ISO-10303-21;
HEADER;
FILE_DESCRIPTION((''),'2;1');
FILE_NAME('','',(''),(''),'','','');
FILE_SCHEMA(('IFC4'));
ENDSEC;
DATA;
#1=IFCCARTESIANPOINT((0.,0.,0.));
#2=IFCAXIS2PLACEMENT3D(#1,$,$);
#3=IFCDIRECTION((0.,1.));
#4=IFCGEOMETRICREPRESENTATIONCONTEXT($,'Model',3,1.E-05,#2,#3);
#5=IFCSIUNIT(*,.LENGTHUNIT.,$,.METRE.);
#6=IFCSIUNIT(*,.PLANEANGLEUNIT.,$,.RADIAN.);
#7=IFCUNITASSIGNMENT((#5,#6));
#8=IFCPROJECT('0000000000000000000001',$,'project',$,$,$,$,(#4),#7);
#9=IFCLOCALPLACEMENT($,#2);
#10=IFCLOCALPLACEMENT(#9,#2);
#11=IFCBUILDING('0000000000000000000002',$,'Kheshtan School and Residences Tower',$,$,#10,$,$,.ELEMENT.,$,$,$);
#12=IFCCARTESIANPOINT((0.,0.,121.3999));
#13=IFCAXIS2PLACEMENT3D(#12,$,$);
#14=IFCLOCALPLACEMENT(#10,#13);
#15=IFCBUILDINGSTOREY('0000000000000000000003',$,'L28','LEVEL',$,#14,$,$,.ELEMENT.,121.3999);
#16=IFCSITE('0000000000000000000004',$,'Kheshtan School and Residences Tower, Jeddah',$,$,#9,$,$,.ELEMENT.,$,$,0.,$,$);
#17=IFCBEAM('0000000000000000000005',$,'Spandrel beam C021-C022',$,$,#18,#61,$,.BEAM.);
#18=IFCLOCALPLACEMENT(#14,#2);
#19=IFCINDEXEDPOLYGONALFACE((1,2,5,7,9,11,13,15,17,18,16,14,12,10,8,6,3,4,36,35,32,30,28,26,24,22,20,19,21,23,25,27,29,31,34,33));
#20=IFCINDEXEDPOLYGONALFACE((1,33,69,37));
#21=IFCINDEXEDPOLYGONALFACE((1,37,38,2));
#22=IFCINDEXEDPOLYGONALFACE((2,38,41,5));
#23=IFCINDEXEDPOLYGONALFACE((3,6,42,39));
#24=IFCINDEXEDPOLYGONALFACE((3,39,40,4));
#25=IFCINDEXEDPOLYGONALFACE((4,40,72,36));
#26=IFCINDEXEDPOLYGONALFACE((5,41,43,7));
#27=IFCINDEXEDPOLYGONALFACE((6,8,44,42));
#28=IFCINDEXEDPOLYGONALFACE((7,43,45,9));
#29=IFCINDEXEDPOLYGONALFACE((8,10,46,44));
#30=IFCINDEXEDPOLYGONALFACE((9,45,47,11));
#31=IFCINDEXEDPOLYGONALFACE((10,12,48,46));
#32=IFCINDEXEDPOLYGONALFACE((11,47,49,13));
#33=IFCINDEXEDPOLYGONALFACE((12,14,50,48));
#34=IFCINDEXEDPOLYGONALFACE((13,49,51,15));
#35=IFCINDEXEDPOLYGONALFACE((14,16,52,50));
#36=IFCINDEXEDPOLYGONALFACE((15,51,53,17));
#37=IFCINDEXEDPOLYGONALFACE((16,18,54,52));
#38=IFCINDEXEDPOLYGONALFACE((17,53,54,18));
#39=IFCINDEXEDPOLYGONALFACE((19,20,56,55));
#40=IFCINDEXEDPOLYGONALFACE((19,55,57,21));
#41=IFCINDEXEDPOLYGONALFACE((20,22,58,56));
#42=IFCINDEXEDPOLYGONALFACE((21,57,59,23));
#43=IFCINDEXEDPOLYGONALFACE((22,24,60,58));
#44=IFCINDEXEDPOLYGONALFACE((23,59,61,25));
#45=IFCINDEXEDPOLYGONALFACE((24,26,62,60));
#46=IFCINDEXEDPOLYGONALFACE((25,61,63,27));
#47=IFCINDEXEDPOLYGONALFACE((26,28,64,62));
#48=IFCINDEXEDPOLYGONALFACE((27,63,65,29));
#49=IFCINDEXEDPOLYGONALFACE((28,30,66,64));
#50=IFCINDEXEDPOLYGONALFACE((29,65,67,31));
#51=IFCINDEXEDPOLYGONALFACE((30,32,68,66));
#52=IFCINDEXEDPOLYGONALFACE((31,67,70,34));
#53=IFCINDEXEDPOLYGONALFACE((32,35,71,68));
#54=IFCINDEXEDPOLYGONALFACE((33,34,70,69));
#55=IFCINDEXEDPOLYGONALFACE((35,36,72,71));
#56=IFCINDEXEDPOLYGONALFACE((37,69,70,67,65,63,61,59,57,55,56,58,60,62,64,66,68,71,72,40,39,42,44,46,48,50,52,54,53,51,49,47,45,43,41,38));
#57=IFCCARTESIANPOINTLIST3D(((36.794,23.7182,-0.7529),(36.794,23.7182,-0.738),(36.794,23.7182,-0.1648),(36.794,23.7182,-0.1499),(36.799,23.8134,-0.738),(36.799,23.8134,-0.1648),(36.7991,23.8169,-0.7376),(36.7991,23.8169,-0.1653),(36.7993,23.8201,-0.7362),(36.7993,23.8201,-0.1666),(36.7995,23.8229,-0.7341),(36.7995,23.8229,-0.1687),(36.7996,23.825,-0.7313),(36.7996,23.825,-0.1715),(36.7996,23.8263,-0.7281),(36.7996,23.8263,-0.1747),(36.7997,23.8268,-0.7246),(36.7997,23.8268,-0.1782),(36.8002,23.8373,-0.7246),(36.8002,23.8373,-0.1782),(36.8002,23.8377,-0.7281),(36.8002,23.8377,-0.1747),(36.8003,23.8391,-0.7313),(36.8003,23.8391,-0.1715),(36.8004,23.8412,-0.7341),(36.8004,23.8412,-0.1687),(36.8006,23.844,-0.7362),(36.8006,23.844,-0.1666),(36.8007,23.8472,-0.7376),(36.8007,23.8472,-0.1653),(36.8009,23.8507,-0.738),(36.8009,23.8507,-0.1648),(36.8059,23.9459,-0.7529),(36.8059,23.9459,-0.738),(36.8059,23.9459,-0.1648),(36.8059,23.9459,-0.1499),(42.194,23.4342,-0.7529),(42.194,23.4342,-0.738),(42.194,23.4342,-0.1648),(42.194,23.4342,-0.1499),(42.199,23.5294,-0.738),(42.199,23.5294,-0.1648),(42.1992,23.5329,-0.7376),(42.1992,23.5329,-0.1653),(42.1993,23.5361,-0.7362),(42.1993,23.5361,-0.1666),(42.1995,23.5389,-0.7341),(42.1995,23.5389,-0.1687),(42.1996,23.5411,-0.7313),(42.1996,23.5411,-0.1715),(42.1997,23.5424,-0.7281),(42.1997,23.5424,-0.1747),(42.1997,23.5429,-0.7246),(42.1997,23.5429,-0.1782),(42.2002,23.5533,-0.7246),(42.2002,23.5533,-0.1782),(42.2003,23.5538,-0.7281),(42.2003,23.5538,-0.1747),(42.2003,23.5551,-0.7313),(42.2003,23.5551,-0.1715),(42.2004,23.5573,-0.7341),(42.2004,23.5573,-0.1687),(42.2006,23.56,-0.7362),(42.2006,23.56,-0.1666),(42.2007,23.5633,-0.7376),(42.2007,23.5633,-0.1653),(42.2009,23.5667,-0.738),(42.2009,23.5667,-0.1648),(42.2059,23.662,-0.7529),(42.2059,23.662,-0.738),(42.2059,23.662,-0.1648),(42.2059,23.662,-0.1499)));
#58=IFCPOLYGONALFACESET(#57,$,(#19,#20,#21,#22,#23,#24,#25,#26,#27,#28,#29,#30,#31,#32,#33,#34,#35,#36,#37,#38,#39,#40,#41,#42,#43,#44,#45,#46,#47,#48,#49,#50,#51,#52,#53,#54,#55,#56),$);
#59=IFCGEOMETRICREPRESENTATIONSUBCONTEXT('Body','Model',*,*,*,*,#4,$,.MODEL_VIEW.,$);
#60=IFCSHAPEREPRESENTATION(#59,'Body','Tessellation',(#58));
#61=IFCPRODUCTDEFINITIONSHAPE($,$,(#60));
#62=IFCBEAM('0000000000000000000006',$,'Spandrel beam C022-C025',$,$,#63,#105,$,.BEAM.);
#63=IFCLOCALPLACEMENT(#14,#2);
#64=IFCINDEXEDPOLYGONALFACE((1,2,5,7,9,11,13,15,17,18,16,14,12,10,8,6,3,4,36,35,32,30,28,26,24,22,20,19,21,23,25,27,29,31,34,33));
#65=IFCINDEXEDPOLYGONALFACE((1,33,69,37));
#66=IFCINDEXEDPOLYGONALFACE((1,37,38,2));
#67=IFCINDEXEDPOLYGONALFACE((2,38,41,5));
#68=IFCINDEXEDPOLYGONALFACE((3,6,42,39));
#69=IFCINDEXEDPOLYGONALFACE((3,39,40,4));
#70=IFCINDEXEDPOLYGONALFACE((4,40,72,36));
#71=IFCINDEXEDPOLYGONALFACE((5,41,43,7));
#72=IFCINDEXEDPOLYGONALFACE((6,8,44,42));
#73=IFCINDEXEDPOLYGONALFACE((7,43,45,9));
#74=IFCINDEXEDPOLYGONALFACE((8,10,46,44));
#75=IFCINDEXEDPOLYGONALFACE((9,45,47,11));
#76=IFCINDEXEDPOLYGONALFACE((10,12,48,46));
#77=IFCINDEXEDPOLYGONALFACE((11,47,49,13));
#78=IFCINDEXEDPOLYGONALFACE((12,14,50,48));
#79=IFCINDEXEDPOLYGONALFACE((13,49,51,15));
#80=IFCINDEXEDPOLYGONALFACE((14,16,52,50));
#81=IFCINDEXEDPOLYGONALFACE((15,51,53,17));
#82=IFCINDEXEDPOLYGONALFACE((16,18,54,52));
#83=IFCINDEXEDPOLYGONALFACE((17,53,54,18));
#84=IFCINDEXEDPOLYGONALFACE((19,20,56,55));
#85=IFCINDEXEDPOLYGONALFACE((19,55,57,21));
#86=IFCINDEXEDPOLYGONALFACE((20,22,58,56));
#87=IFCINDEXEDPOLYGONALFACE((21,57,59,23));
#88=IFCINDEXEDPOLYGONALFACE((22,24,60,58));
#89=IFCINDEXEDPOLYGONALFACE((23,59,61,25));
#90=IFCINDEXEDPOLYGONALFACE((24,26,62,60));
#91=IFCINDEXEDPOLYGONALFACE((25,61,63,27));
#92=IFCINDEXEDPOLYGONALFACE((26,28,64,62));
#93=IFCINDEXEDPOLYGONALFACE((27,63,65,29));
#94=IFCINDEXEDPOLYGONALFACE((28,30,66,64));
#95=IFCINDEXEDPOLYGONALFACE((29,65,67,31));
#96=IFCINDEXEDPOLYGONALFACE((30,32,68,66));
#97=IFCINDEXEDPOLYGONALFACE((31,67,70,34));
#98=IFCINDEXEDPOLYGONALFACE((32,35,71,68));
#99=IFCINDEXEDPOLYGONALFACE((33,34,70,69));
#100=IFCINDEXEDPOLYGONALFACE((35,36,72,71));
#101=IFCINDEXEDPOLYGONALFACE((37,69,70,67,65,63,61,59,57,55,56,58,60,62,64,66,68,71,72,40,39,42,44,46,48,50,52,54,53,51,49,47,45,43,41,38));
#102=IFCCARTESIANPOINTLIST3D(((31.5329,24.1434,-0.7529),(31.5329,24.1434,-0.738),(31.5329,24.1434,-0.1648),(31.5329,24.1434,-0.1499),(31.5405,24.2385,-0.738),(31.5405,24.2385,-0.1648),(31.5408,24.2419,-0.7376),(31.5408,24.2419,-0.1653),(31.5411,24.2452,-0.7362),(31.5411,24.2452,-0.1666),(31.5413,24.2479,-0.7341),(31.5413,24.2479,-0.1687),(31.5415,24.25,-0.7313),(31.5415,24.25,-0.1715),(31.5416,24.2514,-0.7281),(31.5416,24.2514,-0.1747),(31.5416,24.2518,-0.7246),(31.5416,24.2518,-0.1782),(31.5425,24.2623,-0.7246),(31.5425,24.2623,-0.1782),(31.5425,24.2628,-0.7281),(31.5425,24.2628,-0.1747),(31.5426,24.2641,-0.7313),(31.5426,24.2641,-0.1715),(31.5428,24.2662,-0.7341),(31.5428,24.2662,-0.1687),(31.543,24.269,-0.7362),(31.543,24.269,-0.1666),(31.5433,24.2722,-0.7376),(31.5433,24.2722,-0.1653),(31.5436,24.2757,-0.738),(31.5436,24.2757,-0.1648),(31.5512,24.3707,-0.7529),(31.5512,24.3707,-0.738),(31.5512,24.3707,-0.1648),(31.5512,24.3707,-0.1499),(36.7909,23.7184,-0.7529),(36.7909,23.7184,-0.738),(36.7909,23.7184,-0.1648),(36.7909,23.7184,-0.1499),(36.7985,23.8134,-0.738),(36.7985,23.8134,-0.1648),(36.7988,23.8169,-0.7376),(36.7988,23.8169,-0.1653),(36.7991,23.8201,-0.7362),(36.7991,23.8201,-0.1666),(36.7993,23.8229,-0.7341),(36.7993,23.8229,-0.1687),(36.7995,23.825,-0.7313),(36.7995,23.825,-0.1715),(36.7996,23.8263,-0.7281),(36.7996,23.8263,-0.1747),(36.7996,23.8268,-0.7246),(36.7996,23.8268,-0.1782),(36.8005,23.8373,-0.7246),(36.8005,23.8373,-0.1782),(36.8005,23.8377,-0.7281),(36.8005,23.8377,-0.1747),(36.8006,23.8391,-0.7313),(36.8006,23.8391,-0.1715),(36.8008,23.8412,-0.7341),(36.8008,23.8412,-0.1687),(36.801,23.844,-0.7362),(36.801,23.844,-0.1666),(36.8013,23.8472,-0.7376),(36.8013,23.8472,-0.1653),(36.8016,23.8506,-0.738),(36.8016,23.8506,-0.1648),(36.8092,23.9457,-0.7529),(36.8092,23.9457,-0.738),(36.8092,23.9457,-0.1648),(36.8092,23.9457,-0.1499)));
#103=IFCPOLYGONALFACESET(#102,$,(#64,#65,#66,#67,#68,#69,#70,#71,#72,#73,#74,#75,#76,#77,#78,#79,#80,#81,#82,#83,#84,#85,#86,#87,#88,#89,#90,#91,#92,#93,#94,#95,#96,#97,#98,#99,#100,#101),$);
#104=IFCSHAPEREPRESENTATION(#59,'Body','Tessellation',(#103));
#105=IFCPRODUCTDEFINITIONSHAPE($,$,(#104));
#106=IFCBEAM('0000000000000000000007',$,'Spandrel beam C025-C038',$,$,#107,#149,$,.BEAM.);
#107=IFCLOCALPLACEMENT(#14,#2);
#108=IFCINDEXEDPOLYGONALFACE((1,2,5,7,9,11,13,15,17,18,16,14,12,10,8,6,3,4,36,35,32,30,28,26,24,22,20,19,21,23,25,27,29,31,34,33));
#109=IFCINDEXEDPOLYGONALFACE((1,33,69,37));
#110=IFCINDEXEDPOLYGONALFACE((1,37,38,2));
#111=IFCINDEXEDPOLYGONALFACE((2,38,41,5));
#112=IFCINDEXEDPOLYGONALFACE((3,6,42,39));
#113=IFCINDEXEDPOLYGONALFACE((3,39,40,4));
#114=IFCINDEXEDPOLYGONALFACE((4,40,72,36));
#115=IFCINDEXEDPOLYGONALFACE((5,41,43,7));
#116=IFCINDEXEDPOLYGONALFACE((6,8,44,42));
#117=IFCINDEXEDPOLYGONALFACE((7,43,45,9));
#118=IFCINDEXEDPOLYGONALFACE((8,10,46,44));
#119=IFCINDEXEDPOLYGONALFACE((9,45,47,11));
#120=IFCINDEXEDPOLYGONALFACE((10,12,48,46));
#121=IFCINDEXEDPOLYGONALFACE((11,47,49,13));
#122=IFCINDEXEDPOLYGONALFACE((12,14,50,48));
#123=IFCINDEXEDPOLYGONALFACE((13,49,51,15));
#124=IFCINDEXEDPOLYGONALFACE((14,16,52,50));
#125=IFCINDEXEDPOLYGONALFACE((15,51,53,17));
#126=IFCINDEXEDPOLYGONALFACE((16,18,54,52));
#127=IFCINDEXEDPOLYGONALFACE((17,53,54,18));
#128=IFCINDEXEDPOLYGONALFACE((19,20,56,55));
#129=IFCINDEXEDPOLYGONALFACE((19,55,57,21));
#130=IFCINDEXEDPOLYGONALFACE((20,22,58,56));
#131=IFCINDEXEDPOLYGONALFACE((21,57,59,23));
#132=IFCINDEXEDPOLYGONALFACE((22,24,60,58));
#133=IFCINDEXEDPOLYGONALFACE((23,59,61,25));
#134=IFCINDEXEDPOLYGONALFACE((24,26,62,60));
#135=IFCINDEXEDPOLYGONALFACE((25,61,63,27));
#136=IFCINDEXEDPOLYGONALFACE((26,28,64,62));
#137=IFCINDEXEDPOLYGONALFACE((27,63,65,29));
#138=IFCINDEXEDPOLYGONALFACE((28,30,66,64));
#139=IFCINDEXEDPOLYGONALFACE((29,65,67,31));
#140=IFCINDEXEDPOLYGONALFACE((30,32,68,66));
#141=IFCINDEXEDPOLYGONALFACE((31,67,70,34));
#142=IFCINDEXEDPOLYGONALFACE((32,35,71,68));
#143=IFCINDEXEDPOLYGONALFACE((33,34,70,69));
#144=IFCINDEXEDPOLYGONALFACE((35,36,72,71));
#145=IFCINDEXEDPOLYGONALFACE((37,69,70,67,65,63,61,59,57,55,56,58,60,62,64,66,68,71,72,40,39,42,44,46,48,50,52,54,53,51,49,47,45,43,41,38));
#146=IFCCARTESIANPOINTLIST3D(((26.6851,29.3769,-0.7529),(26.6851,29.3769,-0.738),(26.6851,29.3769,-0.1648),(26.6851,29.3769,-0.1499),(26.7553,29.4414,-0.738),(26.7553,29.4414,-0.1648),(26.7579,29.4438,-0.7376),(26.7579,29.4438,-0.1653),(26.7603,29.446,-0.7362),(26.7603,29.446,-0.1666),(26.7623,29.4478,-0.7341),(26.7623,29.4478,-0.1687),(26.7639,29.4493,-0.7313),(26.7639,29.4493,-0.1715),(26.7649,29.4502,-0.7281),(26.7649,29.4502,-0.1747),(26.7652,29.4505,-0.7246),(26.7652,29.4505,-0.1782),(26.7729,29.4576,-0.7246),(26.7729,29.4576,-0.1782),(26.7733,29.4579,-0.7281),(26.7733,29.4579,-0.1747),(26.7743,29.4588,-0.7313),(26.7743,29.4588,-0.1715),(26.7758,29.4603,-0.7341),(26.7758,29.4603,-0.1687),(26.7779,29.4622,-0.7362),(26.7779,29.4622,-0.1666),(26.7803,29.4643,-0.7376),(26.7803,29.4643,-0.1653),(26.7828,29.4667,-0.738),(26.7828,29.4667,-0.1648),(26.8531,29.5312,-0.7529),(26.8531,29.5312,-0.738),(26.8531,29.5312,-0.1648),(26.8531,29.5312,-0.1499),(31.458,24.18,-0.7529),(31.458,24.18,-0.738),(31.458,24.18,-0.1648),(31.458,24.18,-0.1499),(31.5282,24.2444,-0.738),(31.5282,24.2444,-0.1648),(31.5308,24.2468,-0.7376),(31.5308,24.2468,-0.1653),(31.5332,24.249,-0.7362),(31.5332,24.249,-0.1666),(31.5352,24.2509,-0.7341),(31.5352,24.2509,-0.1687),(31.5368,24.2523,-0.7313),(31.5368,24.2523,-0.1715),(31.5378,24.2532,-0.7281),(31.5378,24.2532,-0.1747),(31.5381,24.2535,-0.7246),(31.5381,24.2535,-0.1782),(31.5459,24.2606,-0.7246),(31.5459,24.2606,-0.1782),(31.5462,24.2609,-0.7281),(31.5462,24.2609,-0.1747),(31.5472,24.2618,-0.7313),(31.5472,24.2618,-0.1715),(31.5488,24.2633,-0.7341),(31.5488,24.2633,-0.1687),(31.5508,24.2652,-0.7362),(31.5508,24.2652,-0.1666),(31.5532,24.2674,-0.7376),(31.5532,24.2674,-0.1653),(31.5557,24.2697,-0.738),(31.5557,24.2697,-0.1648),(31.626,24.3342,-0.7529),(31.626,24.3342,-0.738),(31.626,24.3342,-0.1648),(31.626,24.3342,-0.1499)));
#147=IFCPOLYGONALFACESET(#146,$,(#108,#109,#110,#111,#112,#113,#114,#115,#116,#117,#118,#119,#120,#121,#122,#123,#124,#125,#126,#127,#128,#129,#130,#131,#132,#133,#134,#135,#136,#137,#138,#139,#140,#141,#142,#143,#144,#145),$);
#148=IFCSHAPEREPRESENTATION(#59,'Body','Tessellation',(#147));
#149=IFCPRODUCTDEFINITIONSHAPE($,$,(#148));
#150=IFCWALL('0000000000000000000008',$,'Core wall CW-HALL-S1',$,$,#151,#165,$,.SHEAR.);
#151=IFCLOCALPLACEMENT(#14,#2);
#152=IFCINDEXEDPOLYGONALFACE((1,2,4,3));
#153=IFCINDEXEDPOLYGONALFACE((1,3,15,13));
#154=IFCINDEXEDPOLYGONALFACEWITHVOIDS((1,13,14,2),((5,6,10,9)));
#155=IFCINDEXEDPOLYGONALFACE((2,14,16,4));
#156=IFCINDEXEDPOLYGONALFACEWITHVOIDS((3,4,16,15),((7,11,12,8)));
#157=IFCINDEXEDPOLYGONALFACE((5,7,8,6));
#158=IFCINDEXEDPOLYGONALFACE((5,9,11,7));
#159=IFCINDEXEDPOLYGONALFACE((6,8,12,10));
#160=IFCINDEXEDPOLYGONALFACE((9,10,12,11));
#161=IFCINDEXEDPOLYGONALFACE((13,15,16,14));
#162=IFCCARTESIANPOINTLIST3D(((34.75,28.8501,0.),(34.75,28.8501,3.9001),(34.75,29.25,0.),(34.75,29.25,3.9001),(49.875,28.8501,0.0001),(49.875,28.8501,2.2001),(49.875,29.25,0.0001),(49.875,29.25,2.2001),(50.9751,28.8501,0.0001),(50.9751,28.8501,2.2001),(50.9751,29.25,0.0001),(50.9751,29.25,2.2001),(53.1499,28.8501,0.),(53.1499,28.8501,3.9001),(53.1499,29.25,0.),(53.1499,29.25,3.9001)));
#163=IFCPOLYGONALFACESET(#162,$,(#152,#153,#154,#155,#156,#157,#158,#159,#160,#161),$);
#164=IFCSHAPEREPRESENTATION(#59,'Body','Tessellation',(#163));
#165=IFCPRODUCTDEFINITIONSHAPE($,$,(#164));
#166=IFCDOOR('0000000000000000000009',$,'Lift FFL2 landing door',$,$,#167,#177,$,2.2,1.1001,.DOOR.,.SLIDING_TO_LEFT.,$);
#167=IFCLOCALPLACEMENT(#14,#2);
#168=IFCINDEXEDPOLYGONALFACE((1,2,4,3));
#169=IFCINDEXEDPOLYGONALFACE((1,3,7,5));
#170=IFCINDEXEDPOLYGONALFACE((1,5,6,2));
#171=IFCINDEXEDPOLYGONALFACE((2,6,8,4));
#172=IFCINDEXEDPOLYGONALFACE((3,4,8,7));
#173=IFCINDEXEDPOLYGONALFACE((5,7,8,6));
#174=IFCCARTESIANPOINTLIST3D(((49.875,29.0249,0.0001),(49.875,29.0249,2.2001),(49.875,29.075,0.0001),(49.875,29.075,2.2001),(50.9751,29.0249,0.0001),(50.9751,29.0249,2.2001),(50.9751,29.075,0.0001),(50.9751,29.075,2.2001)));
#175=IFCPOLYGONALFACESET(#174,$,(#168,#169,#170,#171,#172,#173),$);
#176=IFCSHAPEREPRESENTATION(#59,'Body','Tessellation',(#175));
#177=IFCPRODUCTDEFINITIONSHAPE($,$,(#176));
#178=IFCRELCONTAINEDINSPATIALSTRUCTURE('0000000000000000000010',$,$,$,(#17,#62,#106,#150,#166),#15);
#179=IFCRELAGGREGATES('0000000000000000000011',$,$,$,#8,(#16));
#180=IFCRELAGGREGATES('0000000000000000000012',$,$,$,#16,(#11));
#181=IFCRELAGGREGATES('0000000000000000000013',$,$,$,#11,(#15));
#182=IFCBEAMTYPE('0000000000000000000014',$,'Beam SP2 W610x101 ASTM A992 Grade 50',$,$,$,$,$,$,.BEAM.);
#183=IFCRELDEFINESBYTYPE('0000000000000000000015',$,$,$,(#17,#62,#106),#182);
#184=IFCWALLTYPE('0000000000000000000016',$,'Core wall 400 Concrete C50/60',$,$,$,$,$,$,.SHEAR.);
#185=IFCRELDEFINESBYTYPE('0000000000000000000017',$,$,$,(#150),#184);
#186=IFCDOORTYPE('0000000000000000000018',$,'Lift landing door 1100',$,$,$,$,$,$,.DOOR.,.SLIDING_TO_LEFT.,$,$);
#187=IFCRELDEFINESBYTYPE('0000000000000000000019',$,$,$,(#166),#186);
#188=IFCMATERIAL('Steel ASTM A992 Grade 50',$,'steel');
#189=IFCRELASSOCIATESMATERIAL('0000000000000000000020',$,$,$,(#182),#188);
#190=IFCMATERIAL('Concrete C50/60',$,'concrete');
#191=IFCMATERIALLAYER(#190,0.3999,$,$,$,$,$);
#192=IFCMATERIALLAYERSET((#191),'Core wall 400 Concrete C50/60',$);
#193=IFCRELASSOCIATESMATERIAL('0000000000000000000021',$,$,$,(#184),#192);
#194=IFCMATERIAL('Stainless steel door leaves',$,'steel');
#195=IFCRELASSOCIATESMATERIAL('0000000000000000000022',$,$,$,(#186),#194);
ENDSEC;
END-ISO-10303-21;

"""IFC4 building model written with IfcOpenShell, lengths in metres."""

from ifc_helpers import new_model, si_unit, direction, frame, frame_2d, origin, origin_2d, place, context, subcontext, project, spatial, rectangle, i_section, extrude, source, transform, mapped, material, layer, layer_set, material_profile, profile_set, type_object, element, fill, save


model = new_model("IFC4")

# Units and contexts
model_context = context("Model", 3, precision=1e-05, world=origin(), true_north=direction((0.0, 1.0)))
body_context = subcontext(model_context, "Body", "Model", "MODEL_VIEW")
ifc_project = project(units=[si_unit("LENGTHUNIT", "METRE"), si_unit("PLANEANGLEUNIT", "RADIAN")], contexts=[model_context])

# Site, building, storey
site_placement = place(None, origin())
site = spatial("IfcSite", under=ifc_project, at=site_placement, Name="Kheshtan School and Residences Tower, Jeddah", CompositionType="ELEMENT", RefElevation=0.0)
building_placement = place(site_placement, origin())
building = spatial("IfcBuilding", under=site, at=building_placement, Name="Kheshtan School and Residences Tower", CompositionType="ELEMENT")
storey_placement = place(building_placement, frame((0.0, 0.0, 121.3999)))
storey = spatial("IfcBuildingStorey", under=building, at=storey_placement, Name="L28", Description="LEVEL", CompositionType="ELEMENT", Elevation=121.3999)

# Shared definitions
ifc_material_1 = material(Name="Steel ASTM A992 Grade 50", Category="steel")

# Beams
ifc_material_profile_1 = material_profile(ifc_material_1, i_section(OverallWidth=0.228, OverallDepth=0.603, WebThickness=0.0105, FlangeThickness=0.0149, FilletRadius=0.0134, at=origin_2d()), Name="W610x101")
ifc_profile_set_1 = profile_set([ifc_material_profile_1], Name="Steel ASTM A992 Grade 50")
beam_type_1 = type_object("IfcBeamType", Name="Beam SP2 W610x101 ASTM A992 Grade 50", PredefinedType="BEAM", material=ifc_profile_set_1)
beam_1_placement = place(storey_placement, frame((42.2, 23.5481, -0.4514), z_axis=(-0.99862, 0.052509, 0.0), x_axis=(-0.052509, -0.99862, 0.0)))
element("IfcBeam", 1, at=beam_1_placement, inside=storey, type_object=beam_type_1, Name="Spandrel beam C021-C022", PredefinedType="BEAM", context=body_context, shape_type="SweptSolid", body=[
    extrude(i_section(OverallWidth=0.228, OverallDepth=0.603, WebThickness=0.0105, FlangeThickness=0.0149, FilletRadius=0.0134, at=origin_2d()), origin(), (0.0, 0.0, 1.0), 5.4075),
])
beam_2_placement = place(storey_placement, frame((36.8, 23.832, -0.4514), z_axis=(-0.996749, 0.080575, 0.0), x_axis=(-0.080575, -0.996749, 0.0)))
element("IfcBeam", 2, at=beam_2_placement, inside=storey, type_object=beam_type_1, Name="Spandrel beam C022-C025", PredefinedType="BEAM", context=body_context, shape_type="SweptSolid", body=[
    extrude(i_section(OverallWidth=0.228, OverallDepth=0.603, WebThickness=0.0105, FlangeThickness=0.0149, FilletRadius=0.0134, at=origin_2d()), origin(), (0.0, 0.0, 1.0), 5.2751),
])
beam_3_placement = place(storey_placement, frame((31.542, 24.2571, -0.4514), z_axis=(-0.676418, 0.736518, 0.0), x_axis=(-0.736518, -0.676418, 0.0)))
element("IfcBeam", 3, at=beam_3_placement, inside=storey, type_object=beam_type_1, Name="Spandrel beam C025-C038", PredefinedType="BEAM", context=body_context, shape_type="SweptSolid", body=[
    extrude(i_section(OverallWidth=0.228, OverallDepth=0.603, WebThickness=0.0105, FlangeThickness=0.0149, FilletRadius=0.0134, at=origin_2d()), origin(), (0.0, 0.0, 1.0), 7.0562),
])

# Wall, opening, door
ifc_material_2 = material(Name="Concrete C50/60", Category="concrete")
ifc_layer_1 = layer(ifc_material_2, 0.3999)
ifc_layer_set_1 = layer_set([ifc_layer_1], Name="Core wall 400 Concrete C50/60")
wall_type_1 = type_object("IfcWallType", Name="Core wall 400 Concrete C50/60", PredefinedType="SHEAR", material=ifc_layer_set_1)
wall_1_placement = place(storey_placement, frame((34.75, 29.05, 0.0), z_axis=(0.0, 0.0, 1.0), x_axis=(1.0, 0.0, 0.0)))
wall_1 = element("IfcWall", 4, at=wall_1_placement, inside=storey, type_object=wall_type_1, Name="Core wall CW-HALL-S1", PredefinedType="SHEAR", context=body_context, shape_type="SweptSolid", body=[
    extrude(rectangle(XDim=18.3999, YDim=0.3999, at=frame_2d((9.2, 0.0))), origin(), (0.0, 0.0, 1.0), 3.9001),
])
opening_1_placement = place(wall_1_placement, frame((15.125, 0.0, 0.0)))
opening_1 = element("IfcOpeningElement", 5, at=opening_1_placement, cuts=wall_1, PredefinedType="OPENING", context=body_context, shape_type="SweptSolid", body=[
    extrude(rectangle(XDim=1.1001, YDim=2.2, at=frame_2d((0.55, 1.1001))), frame((0.0, 0.21, 0.0), z_axis=(0.0, -1.0, 0.0), x_axis=(1.0, 0.0, 0.0)), (0.0, 0.0, 1.0), 0.4199),
])
ifc_material_3 = material(Name="Stainless steel door leaves", Category="steel")
door_type_1 = type_object("IfcDoorType", Name="Lift landing door 1100", OperationType="SLIDING_TO_LEFT", PredefinedType="DOOR", material=ifc_material_3)
shared_shape_1 = source(origin(), body_context, "Body", "SweptSolid", [
    extrude(rectangle(XDim=1.1001, YDim=2.2, at=frame_2d((0.55, 1.1001))), frame((0.0, 0.0249, 0.0), z_axis=(0.0, -1.0, 0.0), x_axis=(1.0, 0.0, 0.0)), (0.0, 0.0, 1.0), 0.05),
])
door_1_placement = place(opening_1_placement, origin())
door_1 = element("IfcDoor", 6, at=door_1_placement, inside=storey, type_object=door_type_1, Name="Lift FFL2 landing door", OperationType="SLIDING_TO_LEFT", OverallHeight=2.2, OverallWidth=1.1001, PredefinedType="DOOR", context=body_context, shape_type="MappedRepresentation", body=[
    mapped(shared_shape_1, transform((0.0, 0.0, 0.0), x_axis=(1.0, 0.0, 0.0), y_axis=(0.0, 1.0, 0.0), z_axis=(0.0, 0.0, 1.0), scale=1.0)),
])
fill(opening_1, door_1)

save(model, "model.ifc")
